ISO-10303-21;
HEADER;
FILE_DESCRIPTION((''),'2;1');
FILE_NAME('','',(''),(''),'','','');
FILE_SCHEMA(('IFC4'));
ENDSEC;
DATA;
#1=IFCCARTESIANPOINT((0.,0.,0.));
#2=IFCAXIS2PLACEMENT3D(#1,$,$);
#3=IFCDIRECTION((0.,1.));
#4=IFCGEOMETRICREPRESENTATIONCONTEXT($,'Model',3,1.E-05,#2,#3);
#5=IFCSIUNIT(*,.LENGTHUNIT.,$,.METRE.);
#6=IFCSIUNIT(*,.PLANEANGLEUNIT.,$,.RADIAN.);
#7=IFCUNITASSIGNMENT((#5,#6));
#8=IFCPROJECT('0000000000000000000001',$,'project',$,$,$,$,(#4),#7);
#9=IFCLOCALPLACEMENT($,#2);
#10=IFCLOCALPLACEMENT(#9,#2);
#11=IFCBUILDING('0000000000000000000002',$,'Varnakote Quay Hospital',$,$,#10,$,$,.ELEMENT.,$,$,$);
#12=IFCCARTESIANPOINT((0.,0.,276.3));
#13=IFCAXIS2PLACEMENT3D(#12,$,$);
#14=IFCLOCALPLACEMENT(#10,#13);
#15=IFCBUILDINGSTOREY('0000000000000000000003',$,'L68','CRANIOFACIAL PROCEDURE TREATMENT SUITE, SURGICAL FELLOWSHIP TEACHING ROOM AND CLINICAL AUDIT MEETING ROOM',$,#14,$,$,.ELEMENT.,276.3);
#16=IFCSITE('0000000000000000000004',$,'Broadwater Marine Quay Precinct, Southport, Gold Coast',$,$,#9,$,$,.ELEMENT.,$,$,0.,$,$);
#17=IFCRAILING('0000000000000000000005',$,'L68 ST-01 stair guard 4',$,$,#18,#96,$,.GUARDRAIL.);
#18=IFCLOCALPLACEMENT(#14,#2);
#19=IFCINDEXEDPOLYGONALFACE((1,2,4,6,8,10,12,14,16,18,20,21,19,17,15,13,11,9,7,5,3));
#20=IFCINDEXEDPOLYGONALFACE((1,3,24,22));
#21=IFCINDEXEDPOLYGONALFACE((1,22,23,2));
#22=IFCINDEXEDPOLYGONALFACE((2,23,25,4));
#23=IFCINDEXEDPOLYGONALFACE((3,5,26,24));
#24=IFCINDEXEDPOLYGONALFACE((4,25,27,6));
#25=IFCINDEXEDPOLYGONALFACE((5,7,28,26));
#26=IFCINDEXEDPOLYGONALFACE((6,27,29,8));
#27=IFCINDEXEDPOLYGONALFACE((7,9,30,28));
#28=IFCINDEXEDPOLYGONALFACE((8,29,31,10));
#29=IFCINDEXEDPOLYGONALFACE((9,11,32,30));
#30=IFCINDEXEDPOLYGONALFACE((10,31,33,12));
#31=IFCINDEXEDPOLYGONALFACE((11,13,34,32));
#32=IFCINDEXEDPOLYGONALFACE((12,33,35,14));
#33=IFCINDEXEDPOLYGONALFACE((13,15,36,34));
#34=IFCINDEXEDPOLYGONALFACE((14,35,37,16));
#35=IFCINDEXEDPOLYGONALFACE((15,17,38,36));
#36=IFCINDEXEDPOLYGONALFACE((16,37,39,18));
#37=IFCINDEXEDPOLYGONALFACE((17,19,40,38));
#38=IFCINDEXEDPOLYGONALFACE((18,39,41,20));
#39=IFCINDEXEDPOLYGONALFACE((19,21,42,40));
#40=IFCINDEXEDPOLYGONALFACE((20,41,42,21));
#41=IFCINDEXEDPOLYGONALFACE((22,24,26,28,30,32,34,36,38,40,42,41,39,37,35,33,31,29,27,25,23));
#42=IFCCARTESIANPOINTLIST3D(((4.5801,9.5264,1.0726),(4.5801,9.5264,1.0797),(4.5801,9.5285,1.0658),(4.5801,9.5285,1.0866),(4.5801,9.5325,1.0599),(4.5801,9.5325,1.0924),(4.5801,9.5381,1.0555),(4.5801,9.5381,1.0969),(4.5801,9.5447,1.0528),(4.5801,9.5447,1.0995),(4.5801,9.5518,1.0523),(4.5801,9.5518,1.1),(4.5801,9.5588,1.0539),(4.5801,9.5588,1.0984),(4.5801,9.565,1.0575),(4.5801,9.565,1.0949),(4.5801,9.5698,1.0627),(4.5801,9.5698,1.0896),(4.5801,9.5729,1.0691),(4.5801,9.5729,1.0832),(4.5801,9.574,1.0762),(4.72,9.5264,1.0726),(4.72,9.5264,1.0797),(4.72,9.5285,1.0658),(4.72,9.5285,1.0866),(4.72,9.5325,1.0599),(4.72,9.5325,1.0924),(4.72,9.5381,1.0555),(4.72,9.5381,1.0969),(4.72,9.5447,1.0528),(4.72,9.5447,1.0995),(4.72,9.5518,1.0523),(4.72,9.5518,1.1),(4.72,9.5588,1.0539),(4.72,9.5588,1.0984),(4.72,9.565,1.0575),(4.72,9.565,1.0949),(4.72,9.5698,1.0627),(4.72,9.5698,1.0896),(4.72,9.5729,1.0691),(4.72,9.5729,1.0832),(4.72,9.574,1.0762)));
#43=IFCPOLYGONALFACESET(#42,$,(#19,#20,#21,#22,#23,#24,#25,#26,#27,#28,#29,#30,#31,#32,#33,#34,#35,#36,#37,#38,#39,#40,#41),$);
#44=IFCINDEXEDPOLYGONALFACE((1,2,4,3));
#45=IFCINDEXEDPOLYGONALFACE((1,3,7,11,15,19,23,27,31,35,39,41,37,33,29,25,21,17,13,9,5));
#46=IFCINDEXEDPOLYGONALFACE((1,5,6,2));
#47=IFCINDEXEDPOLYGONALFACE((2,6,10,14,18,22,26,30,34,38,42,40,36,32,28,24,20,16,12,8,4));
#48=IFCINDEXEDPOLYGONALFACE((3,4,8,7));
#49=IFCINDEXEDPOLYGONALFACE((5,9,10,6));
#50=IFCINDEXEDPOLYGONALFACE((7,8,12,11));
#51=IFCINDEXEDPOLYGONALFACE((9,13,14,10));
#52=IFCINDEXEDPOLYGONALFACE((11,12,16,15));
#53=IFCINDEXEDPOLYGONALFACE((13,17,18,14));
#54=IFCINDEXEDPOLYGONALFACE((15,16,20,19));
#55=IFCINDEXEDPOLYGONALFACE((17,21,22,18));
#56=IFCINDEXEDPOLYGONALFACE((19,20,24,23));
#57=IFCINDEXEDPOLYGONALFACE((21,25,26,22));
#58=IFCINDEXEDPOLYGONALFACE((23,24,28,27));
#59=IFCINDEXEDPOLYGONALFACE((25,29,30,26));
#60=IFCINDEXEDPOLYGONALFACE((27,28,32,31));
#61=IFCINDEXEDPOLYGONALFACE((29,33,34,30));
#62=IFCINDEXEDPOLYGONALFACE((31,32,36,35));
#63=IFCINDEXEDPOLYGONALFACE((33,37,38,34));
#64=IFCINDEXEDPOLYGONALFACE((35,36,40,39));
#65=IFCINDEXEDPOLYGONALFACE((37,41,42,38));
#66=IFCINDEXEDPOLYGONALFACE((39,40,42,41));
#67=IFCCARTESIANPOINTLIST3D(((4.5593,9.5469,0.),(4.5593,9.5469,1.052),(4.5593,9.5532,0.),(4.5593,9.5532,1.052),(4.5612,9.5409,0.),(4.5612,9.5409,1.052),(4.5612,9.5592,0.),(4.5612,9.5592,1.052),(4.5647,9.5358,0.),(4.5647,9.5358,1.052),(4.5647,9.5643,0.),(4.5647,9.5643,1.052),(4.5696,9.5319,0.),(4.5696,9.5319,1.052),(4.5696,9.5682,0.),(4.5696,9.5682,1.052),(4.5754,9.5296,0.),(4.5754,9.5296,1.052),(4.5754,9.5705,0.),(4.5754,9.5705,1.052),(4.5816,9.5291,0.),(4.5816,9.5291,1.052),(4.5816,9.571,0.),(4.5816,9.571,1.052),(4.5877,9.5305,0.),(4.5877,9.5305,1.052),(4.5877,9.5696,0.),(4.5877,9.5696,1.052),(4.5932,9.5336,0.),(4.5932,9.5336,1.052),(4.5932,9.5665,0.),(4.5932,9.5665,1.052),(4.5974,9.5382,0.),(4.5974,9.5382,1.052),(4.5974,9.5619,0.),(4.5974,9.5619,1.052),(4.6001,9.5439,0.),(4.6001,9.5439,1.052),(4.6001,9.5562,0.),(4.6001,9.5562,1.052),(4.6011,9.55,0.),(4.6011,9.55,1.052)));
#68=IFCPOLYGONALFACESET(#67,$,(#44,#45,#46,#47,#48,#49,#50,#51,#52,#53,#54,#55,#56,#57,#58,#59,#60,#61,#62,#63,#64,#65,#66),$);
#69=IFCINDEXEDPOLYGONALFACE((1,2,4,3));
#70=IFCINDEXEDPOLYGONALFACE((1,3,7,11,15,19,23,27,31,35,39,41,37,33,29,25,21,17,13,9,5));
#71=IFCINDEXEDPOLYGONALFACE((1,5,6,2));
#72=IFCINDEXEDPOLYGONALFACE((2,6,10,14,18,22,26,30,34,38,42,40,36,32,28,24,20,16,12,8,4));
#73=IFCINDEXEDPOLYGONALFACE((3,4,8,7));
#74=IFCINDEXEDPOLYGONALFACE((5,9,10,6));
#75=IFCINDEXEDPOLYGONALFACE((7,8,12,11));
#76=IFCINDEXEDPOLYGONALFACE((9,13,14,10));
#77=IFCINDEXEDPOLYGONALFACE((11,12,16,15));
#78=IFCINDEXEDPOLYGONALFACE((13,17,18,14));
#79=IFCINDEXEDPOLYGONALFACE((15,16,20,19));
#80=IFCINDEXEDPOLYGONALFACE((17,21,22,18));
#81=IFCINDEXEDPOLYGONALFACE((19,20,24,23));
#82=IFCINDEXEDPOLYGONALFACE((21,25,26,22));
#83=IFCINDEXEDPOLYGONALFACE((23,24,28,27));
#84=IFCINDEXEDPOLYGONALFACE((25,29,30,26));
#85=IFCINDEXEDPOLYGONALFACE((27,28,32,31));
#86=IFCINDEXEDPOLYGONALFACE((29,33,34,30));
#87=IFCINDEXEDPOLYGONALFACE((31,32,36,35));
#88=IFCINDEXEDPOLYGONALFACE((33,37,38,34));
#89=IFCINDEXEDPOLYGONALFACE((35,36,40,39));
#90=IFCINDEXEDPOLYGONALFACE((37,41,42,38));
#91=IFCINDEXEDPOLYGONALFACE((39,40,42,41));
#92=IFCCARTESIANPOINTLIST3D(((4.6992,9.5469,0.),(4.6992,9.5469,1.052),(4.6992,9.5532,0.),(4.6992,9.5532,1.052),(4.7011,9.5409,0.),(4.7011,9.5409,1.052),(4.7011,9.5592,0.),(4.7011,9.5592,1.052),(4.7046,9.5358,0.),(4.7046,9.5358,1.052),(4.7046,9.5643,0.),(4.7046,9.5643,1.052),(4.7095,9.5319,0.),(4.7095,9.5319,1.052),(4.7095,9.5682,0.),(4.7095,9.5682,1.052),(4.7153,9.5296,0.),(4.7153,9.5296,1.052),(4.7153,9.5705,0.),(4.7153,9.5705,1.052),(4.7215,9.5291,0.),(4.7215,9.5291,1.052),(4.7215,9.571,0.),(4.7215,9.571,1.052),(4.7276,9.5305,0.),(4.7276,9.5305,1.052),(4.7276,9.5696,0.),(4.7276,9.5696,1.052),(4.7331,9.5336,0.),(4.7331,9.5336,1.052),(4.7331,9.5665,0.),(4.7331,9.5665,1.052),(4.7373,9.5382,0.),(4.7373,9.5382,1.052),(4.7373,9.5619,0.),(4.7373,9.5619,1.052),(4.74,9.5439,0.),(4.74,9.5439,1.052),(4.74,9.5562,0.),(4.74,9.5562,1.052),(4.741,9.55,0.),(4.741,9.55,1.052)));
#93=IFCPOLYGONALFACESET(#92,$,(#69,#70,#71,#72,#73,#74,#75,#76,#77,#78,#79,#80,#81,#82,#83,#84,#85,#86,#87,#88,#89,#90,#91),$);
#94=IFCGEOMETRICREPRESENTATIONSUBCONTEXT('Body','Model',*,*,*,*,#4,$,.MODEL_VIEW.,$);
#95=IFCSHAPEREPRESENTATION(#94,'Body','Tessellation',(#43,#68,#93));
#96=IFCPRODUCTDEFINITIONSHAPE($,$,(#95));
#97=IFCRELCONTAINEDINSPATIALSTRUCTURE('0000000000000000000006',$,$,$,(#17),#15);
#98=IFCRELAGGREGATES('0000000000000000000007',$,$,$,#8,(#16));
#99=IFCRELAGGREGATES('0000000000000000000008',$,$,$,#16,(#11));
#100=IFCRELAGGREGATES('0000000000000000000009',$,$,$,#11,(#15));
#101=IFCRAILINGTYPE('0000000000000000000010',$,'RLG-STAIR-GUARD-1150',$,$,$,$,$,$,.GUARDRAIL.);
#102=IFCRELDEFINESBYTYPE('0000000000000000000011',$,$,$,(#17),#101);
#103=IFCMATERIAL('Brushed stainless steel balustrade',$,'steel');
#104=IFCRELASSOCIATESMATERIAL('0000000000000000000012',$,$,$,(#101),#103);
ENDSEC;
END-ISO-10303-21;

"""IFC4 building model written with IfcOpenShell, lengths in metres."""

from ifc_helpers import new_model, si_unit, direction, frame, origin, origin_2d, place, context, subcontext, project, spatial, circle, extrude, material, type_object, element, save


model = new_model("IFC4")

# Units and contexts
model_context = context("Model", 3, precision=1e-05, world=origin(), true_north=direction((0.0, 1.0)))
body_context = subcontext(model_context, "Body", "Model", "MODEL_VIEW")
ifc_project = project(units=[si_unit("LENGTHUNIT", "METRE"), si_unit("PLANEANGLEUNIT", "RADIAN")], contexts=[model_context])

# Site, building, storey
site_placement = place(None, origin())
site = spatial("IfcSite", under=ifc_project, at=site_placement, Name="Broadwater Marine Quay Precinct, Southport, Gold Coast", CompositionType="ELEMENT", RefElevation=0.0)
building_placement = place(site_placement, origin())
building = spatial("IfcBuilding", under=site, at=building_placement, Name="Varnakote Quay Hospital", CompositionType="ELEMENT")
storey_placement = place(building_placement, frame((0.0, 0.0, 276.3)))
storey = spatial("IfcBuildingStorey", under=building, at=storey_placement, Name="L68", Description="CRANIOFACIAL PROCEDURE TREATMENT SUITE, SURGICAL FELLOWSHIP TEACHING ROOM AND CLINICAL AUDIT MEETING ROOM", CompositionType="ELEMENT", Elevation=276.3)

# Railing
ifc_material_1 = material(Name="Brushed stainless steel balustrade", Category="steel")
railing_type_1 = type_object("IfcRailingType", Name="RLG-STAIR-GUARD-1150", PredefinedType="GUARDRAIL", material=ifc_material_1)
railing_1_placement = place(storey_placement, frame((4.5801, 9.55, 0.0)))
element("IfcRailing", 1, at=railing_1_placement, inside=storey, type_object=railing_type_1, Name="L68 ST-01 stair guard 4", PredefinedType="GUARDRAIL", context=body_context, shape_type="SweptSolid", body=[
    extrude(circle(Radius=0.0239, at=origin_2d()), frame((0.0, 0.0, 1.0762), z_axis=(1.0, 0.0, 0.0), x_axis=(0.0, 1.0, 0.0)), (0.0, 0.0, 1.0), 0.1399),
    extrude(circle(Radius=0.021, at=origin_2d()), origin(), (0.0, 0.0, 1.0), 1.052),
    extrude(circle(Radius=0.021, at=origin_2d()), frame((0.1399, 0.0, 0.0)), (0.0, 0.0, 1.0), 1.052),
])

save(model, "model.ifc")
